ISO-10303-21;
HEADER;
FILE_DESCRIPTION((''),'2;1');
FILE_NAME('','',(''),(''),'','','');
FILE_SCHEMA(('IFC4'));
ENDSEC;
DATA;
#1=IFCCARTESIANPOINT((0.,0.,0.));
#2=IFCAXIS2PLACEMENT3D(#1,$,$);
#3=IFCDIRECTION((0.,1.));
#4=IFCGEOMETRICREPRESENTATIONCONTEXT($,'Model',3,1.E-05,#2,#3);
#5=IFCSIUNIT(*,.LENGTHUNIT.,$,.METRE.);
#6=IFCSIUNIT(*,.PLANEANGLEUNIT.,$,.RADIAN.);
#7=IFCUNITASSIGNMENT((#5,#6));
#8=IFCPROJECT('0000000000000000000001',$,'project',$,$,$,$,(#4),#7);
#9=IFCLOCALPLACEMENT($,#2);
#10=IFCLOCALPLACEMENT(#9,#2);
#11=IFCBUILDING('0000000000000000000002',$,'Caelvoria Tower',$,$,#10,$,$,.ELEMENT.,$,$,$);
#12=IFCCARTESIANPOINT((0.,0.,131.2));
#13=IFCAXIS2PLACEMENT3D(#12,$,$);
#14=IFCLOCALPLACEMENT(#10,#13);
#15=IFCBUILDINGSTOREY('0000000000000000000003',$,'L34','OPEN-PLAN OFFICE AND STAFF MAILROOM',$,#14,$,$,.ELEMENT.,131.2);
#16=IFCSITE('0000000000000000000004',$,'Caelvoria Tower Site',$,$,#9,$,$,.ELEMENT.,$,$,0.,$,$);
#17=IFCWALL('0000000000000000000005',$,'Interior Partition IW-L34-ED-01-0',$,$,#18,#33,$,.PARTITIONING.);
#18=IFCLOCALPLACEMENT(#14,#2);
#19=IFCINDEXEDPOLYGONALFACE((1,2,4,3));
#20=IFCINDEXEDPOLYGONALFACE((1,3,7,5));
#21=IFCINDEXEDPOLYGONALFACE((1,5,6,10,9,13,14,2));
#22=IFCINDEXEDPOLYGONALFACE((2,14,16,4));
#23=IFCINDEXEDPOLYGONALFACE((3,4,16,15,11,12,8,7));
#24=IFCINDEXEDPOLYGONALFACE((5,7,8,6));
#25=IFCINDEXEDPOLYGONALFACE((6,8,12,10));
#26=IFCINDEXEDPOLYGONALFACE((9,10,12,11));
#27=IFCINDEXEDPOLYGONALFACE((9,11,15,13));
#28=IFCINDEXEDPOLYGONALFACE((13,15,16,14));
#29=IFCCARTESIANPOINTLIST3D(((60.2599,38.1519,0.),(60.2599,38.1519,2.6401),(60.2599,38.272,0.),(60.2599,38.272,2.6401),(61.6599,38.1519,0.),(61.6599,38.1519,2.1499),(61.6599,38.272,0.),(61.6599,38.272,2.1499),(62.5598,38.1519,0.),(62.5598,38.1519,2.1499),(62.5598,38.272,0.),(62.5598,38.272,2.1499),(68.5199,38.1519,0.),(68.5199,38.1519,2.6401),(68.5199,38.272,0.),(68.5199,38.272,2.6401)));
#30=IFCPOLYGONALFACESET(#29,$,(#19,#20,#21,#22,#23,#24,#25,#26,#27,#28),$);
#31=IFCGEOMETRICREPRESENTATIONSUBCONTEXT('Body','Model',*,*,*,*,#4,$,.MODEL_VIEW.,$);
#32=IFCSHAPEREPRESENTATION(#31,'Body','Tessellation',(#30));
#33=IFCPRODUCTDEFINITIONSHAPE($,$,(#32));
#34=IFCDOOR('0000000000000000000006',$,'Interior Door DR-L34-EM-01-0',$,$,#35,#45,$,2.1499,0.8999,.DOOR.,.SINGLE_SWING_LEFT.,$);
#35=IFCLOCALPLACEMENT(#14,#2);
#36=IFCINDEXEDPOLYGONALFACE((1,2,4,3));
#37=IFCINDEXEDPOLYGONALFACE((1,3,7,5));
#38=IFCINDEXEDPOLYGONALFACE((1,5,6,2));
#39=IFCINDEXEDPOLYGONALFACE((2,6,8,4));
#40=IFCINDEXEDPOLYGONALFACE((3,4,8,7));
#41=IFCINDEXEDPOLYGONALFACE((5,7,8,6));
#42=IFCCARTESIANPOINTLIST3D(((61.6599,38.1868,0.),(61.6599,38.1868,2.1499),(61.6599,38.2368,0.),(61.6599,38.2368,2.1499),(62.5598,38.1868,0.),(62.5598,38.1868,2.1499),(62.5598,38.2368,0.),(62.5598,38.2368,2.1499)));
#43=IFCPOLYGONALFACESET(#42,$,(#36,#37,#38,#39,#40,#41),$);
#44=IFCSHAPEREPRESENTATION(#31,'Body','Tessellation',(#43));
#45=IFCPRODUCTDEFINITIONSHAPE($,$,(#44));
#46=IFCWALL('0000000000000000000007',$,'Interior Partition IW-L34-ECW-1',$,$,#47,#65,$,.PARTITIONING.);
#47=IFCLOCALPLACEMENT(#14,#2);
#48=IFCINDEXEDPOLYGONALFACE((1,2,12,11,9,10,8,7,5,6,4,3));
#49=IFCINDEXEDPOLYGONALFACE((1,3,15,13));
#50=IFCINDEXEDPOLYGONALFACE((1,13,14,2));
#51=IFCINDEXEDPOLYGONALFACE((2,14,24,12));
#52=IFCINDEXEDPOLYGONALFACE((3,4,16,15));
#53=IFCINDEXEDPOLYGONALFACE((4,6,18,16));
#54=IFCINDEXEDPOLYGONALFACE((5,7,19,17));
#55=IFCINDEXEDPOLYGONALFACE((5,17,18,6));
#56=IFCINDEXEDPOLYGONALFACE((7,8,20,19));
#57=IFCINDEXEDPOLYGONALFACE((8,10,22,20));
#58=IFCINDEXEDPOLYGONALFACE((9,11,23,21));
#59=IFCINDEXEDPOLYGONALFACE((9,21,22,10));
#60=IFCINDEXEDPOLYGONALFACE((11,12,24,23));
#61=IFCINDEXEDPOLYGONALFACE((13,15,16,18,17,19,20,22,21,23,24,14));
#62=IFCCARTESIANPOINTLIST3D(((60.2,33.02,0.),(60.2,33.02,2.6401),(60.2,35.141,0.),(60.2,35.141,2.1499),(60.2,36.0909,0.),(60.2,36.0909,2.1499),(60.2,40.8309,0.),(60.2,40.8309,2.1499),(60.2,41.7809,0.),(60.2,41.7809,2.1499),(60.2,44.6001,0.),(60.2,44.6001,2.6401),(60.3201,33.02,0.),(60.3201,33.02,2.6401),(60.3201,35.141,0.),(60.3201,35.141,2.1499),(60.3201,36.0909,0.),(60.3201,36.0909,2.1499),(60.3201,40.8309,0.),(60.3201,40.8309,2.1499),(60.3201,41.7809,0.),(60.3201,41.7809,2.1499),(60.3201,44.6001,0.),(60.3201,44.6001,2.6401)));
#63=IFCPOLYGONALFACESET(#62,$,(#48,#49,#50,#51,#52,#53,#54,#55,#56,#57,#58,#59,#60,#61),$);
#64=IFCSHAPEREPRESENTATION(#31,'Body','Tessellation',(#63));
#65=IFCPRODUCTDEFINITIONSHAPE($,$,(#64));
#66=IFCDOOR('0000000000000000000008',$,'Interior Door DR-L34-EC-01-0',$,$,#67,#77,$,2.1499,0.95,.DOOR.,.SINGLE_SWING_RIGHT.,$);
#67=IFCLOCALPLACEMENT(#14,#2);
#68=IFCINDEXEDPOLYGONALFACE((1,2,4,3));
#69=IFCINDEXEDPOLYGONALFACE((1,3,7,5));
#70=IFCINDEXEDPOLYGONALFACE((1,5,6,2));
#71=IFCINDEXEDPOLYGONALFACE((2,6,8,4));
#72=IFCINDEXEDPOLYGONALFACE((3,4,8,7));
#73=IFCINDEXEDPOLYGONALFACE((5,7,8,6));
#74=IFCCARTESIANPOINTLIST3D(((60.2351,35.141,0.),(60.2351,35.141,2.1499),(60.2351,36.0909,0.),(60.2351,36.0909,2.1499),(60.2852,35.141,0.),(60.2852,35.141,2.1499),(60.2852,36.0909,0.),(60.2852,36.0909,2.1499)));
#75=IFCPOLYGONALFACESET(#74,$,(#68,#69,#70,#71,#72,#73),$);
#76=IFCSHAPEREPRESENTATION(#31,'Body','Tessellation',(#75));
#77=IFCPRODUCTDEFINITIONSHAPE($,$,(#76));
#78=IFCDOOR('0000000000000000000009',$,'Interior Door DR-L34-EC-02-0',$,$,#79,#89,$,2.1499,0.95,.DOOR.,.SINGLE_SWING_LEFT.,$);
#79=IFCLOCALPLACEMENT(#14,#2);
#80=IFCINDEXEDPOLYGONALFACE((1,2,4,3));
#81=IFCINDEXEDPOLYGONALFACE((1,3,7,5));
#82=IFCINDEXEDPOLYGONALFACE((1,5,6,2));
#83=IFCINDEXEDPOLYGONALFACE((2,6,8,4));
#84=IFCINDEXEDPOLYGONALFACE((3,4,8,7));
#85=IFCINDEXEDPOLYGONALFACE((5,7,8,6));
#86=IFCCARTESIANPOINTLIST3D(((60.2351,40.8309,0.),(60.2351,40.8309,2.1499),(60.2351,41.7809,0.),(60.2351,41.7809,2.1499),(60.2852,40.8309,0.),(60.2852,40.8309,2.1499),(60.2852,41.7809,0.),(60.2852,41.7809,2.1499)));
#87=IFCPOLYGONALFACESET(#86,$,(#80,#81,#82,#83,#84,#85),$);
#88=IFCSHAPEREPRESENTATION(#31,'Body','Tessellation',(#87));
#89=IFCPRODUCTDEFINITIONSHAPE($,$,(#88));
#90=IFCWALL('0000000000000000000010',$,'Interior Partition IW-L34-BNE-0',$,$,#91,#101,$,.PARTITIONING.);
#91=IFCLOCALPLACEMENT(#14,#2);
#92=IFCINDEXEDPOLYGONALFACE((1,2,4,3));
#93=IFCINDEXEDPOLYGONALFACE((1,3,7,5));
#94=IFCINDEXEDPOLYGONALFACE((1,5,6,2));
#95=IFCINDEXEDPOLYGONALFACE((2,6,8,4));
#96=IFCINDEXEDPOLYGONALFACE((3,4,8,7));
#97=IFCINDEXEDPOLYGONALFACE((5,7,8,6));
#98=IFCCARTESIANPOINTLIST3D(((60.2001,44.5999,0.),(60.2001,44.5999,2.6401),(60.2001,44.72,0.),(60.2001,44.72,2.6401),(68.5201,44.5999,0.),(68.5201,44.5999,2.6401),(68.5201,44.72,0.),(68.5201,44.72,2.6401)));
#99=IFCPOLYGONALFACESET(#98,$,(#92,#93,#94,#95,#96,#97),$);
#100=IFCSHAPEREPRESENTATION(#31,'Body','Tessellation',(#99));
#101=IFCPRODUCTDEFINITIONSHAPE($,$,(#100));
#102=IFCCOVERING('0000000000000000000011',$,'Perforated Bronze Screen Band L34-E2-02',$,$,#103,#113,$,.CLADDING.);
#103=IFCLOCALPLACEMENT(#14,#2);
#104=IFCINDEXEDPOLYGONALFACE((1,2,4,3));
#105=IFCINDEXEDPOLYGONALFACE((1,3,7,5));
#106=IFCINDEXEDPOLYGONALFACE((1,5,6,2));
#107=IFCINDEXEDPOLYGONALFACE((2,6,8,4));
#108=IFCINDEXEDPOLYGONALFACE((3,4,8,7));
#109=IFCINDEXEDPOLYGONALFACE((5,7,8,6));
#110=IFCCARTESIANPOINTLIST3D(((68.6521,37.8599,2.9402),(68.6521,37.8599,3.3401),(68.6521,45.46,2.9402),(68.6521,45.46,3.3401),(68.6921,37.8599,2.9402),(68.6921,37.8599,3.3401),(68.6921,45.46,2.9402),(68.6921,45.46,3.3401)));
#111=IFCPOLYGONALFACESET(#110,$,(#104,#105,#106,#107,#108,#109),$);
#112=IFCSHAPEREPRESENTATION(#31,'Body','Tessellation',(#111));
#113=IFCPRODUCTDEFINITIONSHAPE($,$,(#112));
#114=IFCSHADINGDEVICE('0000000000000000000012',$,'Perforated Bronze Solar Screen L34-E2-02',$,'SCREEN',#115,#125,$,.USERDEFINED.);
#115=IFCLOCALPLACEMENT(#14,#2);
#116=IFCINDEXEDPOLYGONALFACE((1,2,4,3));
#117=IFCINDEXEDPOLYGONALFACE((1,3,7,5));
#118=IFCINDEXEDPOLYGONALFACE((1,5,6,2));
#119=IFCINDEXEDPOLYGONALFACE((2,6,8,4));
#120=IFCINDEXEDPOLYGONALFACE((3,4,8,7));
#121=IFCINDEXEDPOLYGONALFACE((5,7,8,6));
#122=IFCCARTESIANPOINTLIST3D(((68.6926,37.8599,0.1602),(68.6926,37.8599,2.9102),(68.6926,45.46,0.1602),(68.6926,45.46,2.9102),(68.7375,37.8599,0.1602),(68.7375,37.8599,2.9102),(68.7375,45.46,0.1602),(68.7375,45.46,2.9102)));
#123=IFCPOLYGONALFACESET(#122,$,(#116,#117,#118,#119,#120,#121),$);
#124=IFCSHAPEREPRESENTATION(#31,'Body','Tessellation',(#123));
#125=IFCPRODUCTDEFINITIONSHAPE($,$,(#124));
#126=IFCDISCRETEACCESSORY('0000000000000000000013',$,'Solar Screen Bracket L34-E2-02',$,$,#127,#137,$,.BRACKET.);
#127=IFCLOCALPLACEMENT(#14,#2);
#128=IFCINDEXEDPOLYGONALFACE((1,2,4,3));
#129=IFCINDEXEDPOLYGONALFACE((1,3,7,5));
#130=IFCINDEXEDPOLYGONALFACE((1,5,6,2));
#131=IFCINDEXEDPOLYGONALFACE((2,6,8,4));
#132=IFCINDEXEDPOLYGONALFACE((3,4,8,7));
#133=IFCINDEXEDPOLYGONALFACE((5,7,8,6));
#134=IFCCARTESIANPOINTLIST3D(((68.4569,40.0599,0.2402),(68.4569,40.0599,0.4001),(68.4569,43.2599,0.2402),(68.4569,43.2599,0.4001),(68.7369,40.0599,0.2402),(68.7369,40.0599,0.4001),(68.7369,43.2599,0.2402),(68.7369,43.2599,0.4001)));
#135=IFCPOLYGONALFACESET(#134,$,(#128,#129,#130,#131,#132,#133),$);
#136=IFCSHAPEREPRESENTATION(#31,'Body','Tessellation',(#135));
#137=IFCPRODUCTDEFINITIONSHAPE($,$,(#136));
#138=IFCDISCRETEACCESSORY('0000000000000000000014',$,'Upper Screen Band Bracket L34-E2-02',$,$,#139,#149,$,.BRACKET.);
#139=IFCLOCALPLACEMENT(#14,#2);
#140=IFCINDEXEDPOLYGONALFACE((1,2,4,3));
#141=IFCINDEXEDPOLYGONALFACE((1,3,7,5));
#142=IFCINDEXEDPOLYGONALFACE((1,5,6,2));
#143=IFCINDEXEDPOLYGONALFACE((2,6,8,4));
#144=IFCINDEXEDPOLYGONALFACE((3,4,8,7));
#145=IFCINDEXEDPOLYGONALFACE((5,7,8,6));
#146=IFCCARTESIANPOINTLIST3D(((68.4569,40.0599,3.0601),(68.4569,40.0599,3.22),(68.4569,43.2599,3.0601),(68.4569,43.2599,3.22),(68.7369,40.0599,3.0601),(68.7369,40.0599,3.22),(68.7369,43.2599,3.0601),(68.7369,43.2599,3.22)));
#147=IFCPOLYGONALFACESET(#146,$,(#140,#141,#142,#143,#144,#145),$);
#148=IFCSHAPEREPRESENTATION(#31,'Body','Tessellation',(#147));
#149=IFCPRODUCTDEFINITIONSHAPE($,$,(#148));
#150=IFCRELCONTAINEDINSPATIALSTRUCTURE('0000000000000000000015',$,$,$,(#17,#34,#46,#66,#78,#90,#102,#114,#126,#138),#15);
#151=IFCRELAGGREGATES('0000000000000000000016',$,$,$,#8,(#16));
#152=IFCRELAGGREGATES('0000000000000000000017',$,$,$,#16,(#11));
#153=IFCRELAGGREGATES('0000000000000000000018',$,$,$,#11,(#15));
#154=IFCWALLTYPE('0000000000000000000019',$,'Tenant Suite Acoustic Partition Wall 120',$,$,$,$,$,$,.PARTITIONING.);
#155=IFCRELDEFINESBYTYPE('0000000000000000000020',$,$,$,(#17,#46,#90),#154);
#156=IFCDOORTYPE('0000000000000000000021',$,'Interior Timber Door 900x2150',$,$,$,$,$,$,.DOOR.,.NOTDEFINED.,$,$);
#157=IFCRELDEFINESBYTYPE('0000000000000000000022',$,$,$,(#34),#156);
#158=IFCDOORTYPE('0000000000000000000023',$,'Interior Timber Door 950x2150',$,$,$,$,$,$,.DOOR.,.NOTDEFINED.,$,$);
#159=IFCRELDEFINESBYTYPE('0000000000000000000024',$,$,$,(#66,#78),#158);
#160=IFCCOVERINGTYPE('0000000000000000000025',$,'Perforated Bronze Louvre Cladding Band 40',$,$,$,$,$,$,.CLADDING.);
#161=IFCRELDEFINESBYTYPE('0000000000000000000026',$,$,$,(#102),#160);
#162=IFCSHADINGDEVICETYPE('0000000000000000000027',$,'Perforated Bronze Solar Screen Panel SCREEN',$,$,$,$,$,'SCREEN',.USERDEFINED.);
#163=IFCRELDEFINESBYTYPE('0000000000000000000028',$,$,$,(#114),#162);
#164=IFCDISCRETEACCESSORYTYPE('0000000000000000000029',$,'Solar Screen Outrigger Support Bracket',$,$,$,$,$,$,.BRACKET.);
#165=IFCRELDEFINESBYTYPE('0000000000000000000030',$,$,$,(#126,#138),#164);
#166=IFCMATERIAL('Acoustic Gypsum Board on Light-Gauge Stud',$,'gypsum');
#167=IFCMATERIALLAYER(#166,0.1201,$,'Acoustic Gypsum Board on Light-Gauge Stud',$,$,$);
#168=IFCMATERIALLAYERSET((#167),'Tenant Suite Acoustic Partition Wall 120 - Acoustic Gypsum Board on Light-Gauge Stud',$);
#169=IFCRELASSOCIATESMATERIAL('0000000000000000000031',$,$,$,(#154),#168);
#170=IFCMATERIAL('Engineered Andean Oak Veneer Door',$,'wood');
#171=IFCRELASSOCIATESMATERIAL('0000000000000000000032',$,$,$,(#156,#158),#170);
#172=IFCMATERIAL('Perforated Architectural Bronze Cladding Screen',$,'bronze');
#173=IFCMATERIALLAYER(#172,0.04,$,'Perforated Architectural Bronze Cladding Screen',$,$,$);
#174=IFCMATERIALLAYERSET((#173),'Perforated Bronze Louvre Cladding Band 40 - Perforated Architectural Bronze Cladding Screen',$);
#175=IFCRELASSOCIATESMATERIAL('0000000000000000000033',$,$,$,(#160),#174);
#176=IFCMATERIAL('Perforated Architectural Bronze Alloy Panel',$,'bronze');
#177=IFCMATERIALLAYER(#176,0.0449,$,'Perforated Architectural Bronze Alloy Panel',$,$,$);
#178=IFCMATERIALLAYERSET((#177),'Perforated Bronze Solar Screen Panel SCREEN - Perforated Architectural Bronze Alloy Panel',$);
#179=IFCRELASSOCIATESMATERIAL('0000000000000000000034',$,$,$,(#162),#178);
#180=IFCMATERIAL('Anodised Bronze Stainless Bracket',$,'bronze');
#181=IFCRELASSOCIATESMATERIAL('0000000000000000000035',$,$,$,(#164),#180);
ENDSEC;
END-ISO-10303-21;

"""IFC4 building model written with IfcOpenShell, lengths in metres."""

from ifc_helpers import new_model, si_unit, direction, frame, frame_2d, origin, origin_2d, place, context, subcontext, project, spatial, rectangle, extrude, material, layer, layer_set, type_object, element, fill, save


model = new_model("IFC4")

# Units and contexts
model_context = context("Model", 3, precision=1e-05, world=origin(), true_north=direction((0.0, 1.0)))
body_context = subcontext(model_context, "Body", "Model", "MODEL_VIEW")
ifc_project = project(units=[si_unit("LENGTHUNIT", "METRE"), si_unit("PLANEANGLEUNIT", "RADIAN")], contexts=[model_context])

# Site, building, storey
site_placement = place(None, origin())
site = spatial("IfcSite", under=ifc_project, at=site_placement, Name="Caelvoria Tower Site", CompositionType="ELEMENT", RefElevation=0.0)
building_placement = place(site_placement, origin())
building = spatial("IfcBuilding", under=site, at=building_placement, Name="Caelvoria Tower", CompositionType="ELEMENT")
storey_placement = place(building_placement, frame((0.0, 0.0, 131.2)))
storey = spatial("IfcBuildingStorey", under=building, at=storey_placement, Name="L34", Description="OPEN-PLAN OFFICE AND STAFF MAILROOM", CompositionType="ELEMENT", Elevation=131.2)

# Wall, opening, door
ifc_material_1 = material(Name="Acoustic Gypsum Board on Light-Gauge Stud", Category="gypsum")
ifc_layer_1 = layer(ifc_material_1, 0.1201, Name="Acoustic Gypsum Board on Light-Gauge Stud")
ifc_layer_set_1 = layer_set([ifc_layer_1], Name="Tenant Suite Acoustic Partition Wall 120 - Acoustic Gypsum Board on Light-Gauge Stud")
wall_type_1 = type_object("IfcWallType", Name="Tenant Suite Acoustic Partition Wall 120", PredefinedType="PARTITIONING", material=ifc_layer_set_1)
wall_1_placement = place(storey_placement, frame((60.26, 38.2119, 0.0), z_axis=(0.0, 0.0, 1.0), x_axis=(1.0, 0.0, 0.0)))
wall_1 = element("IfcWall", 1, at=wall_1_placement, inside=storey, type_object=wall_type_1, Name="Interior Partition IW-L34-ED-01-0", PredefinedType="PARTITIONING", context=body_context, shape_type="SweptSolid", body=[
    extrude(rectangle(XDim=8.26, YDim=0.1201, at=frame_2d((4.1299, 0.0))), origin(), (0.0, 0.0, 1.0), 2.6401),
])
opening_1_placement = place(wall_1_placement, frame((1.3999, 0.0, 0.0)))
opening_1 = element("IfcOpeningElement", 2, at=opening_1_placement, cuts=wall_1, PredefinedType="OPENING", context=body_context, shape_type="SweptSolid", body=[
    extrude(rectangle(XDim=0.8999, YDim=2.1499, at=frame_2d((0.45, 1.075))), frame((0.0, 0.0701, 0.0), z_axis=(0.0, -1.0, 0.0), x_axis=(1.0, 0.0, 0.0)), (0.0, 0.0, 1.0), 0.1401),
])
ifc_material_2 = material(Name="Engineered Andean Oak Veneer Door", Category="wood")
door_type_1 = type_object("IfcDoorType", Name="Interior Timber Door 900x2150", OperationType="NOTDEFINED", PredefinedType="DOOR", material=ifc_material_2)
door_1_placement = place(opening_1_placement, origin())
door_1 = element("IfcDoor", 3, at=door_1_placement, inside=storey, type_object=door_type_1, Name="Interior Door DR-L34-EM-01-0", OperationType="SINGLE_SWING_LEFT", OverallHeight=2.1499, OverallWidth=0.8999, PredefinedType="DOOR", context=body_context, shape_type="SweptSolid", body=[
    extrude(rectangle(XDim=0.8999, YDim=2.1499, at=frame_2d((0.45, 1.075))), frame((0.0, 0.0249, 0.0), z_axis=(0.0, -1.0, 0.0), x_axis=(1.0, 0.0, 0.0)), (0.0, 0.0, 1.0), 0.05),
])
fill(opening_1, door_1)

# Wall, openings, doors
wall_2_placement = place(storey_placement, frame((60.26, 33.02, 0.0), z_axis=(0.0, 0.0, 1.0), x_axis=(0.0, 1.0, 0.0)))
wall_2 = element("IfcWall", 4, at=wall_2_placement, inside=storey, type_object=wall_type_1, Name="Interior Partition IW-L34-ECW-1", PredefinedType="PARTITIONING", context=body_context, shape_type="SweptSolid", body=[
    extrude(rectangle(XDim=11.5801, YDim=0.1201, at=frame_2d((5.79, 0.0))), origin(), (0.0, 0.0, 1.0), 2.6401),
])
opening_2_placement = place(wall_2_placement, frame((2.1208, 0.0, 0.0)))
opening_2 = element("IfcOpeningElement", 5, at=opening_2_placement, cuts=wall_2, PredefinedType="OPENING", context=body_context, shape_type="SweptSolid", body=[
    extrude(rectangle(XDim=0.95, YDim=2.1499, at=frame_2d((0.4751, 1.075))), frame((0.0, 0.0701, 0.0), z_axis=(0.0, -1.0, 0.0), x_axis=(1.0, 0.0, 0.0)), (0.0, 0.0, 1.0), 0.1401),
])
opening_3_placement = place(wall_2_placement, frame((7.8108, 0.0, 0.0)))
opening_3 = element("IfcOpeningElement", 6, at=opening_3_placement, cuts=wall_2, PredefinedType="OPENING", context=body_context, shape_type="SweptSolid", body=[
    extrude(rectangle(XDim=0.95, YDim=2.1499, at=frame_2d((0.4751, 1.075))), frame((0.0, 0.0701, 0.0), z_axis=(0.0, -1.0, 0.0), x_axis=(1.0, 0.0, 0.0)), (0.0, 0.0, 1.0), 0.1401),
])
door_type_2 = type_object("IfcDoorType", Name="Interior Timber Door 950x2150", OperationType="NOTDEFINED", PredefinedType="DOOR", material=ifc_material_2)
door_2_placement = place(opening_2_placement, origin())
door_2 = element("IfcDoor", 7, at=door_2_placement, inside=storey, type_object=door_type_2, Name="Interior Door DR-L34-EC-01-0", OperationType="SINGLE_SWING_RIGHT", OverallHeight=2.1499, OverallWidth=0.95, PredefinedType="DOOR", context=body_context, shape_type="SweptSolid", body=[
    extrude(rectangle(XDim=0.95, YDim=2.1499, at=frame_2d((0.4751, 1.075))), frame((0.0, 0.0249, 0.0), z_axis=(0.0, -1.0, 0.0), x_axis=(1.0, 0.0, 0.0)), (0.0, 0.0, 1.0), 0.05),
])
fill(opening_2, door_2)
door_3_placement = place(opening_3_placement, origin())
door_3 = element("IfcDoor", 8, at=door_3_placement, inside=storey, type_object=door_type_2, Name="Interior Door DR-L34-EC-02-0", OperationType="SINGLE_SWING_LEFT", OverallHeight=2.1499, OverallWidth=0.95, PredefinedType="DOOR", context=body_context, shape_type="SweptSolid", body=[
    extrude(rectangle(XDim=0.95, YDim=2.1499, at=frame_2d((0.4751, 1.075))), frame((0.0, 0.0249, 0.0), z_axis=(0.0, -1.0, 0.0), x_axis=(1.0, 0.0, 0.0)), (0.0, 0.0, 1.0), 0.05),
])
fill(opening_3, door_3)

# Wall
wall_3_placement = place(storey_placement, frame((60.2, 44.6599, 0.0), z_axis=(0.0, 0.0, 1.0), x_axis=(1.0, 0.0, 0.0)))
element("IfcWall", 9, at=wall_3_placement, inside=storey, type_object=wall_type_1, Name="Interior Partition IW-L34-BNE-0", PredefinedType="PARTITIONING", context=body_context, shape_type="SweptSolid", body=[
    extrude(rectangle(XDim=8.3201, YDim=0.1201, at=frame_2d((4.1602, 0.0))), origin(), (0.0, 0.0, 1.0), 2.6401),
])

# Covering
ifc_material_3 = material(Name="Perforated Architectural Bronze Cladding Screen", Category="bronze")
ifc_layer_2 = layer(ifc_material_3, 0.04, Name="Perforated Architectural Bronze Cladding Screen")
ifc_layer_set_2 = layer_set([ifc_layer_2], Name="Perforated Bronze Louvre Cladding Band 40 - Perforated Architectural Bronze Cladding Screen")
covering_type = type_object("IfcCoveringType", Name="Perforated Bronze Louvre Cladding Band 40", PredefinedType="CLADDING", material=ifc_layer_set_2)
covering_placement = place(storey_placement, frame((68.6721, 41.6599, 2.9402), z_axis=(0.0, 0.0, 1.0), x_axis=(0.0, 1.0, 0.0)))
element("IfcCovering", 10, at=covering_placement, inside=storey, type_object=covering_type, Name="Perforated Bronze Screen Band L34-E2-02", PredefinedType="CLADDING", context=body_context, shape_type="SweptSolid", body=[
    extrude(rectangle(XDim=7.6001, YDim=0.04, at=origin_2d()), origin(), (0.0, 0.0, 1.0), 0.3999),
])

# Shading device
ifc_material_4 = material(Name="Perforated Architectural Bronze Alloy Panel", Category="bronze")
ifc_layer_3 = layer(ifc_material_4, 0.0449, Name="Perforated Architectural Bronze Alloy Panel")
ifc_layer_set_3 = layer_set([ifc_layer_3], Name="Perforated Bronze Solar Screen Panel SCREEN - Perforated Architectural Bronze Alloy Panel")
shading_device_type = type_object("IfcShadingDeviceType", Name="Perforated Bronze Solar Screen Panel SCREEN", ElementType="SCREEN", PredefinedType="USERDEFINED", material=ifc_layer_set_3)
shading_device_placement = place(storey_placement, frame((68.7151, 41.6599, 0.1602), z_axis=(0.0, 0.0, 1.0), x_axis=(0.0, 1.0, 0.0)))
element("IfcShadingDevice", 11, at=shading_device_placement, inside=storey, type_object=shading_device_type, Name="Perforated Bronze Solar Screen L34-E2-02", ObjectType="SCREEN", PredefinedType="USERDEFINED", context=body_context, shape_type="SweptSolid", body=[
    extrude(rectangle(XDim=7.6001, YDim=0.0449, at=origin_2d()), origin(), (0.0, 0.0, 1.0), 2.75),
])

# Discrete accessories
ifc_material_5 = material(Name="Anodised Bronze Stainless Bracket", Category="bronze")
discrete_accessory_type = type_object("IfcDiscreteAccessoryType", Name="Solar Screen Outrigger Support Bracket", PredefinedType="BRACKET", material=ifc_material_5)
for number, where, z_axis, x_axis, name in (
    (12, (68.5969, 41.6599, 0.2402), (0.0, 0.0, 1.0), (0.0, 1.0, 0.0), "Solar Screen Bracket L34-E2-02"),
    (13, (68.5969, 41.6599, 3.0601), (0.0, 0.0, 1.0), (0.0, 1.0, 0.0), "Upper Screen Band Bracket L34-E2-02"),
):
    element("IfcDiscreteAccessory", number, at=place(storey_placement, frame(where, z_axis=z_axis, x_axis=x_axis)), inside=storey, type_object=discrete_accessory_type, Name=name, PredefinedType="BRACKET", context=body_context, shape_type="SweptSolid", body=[
        extrude(rectangle(XDim=3.2, YDim=0.28, at=origin_2d()), origin(), (0.0, 0.0, 1.0), 0.1599),
    ])

save(model, "model.ifc")
